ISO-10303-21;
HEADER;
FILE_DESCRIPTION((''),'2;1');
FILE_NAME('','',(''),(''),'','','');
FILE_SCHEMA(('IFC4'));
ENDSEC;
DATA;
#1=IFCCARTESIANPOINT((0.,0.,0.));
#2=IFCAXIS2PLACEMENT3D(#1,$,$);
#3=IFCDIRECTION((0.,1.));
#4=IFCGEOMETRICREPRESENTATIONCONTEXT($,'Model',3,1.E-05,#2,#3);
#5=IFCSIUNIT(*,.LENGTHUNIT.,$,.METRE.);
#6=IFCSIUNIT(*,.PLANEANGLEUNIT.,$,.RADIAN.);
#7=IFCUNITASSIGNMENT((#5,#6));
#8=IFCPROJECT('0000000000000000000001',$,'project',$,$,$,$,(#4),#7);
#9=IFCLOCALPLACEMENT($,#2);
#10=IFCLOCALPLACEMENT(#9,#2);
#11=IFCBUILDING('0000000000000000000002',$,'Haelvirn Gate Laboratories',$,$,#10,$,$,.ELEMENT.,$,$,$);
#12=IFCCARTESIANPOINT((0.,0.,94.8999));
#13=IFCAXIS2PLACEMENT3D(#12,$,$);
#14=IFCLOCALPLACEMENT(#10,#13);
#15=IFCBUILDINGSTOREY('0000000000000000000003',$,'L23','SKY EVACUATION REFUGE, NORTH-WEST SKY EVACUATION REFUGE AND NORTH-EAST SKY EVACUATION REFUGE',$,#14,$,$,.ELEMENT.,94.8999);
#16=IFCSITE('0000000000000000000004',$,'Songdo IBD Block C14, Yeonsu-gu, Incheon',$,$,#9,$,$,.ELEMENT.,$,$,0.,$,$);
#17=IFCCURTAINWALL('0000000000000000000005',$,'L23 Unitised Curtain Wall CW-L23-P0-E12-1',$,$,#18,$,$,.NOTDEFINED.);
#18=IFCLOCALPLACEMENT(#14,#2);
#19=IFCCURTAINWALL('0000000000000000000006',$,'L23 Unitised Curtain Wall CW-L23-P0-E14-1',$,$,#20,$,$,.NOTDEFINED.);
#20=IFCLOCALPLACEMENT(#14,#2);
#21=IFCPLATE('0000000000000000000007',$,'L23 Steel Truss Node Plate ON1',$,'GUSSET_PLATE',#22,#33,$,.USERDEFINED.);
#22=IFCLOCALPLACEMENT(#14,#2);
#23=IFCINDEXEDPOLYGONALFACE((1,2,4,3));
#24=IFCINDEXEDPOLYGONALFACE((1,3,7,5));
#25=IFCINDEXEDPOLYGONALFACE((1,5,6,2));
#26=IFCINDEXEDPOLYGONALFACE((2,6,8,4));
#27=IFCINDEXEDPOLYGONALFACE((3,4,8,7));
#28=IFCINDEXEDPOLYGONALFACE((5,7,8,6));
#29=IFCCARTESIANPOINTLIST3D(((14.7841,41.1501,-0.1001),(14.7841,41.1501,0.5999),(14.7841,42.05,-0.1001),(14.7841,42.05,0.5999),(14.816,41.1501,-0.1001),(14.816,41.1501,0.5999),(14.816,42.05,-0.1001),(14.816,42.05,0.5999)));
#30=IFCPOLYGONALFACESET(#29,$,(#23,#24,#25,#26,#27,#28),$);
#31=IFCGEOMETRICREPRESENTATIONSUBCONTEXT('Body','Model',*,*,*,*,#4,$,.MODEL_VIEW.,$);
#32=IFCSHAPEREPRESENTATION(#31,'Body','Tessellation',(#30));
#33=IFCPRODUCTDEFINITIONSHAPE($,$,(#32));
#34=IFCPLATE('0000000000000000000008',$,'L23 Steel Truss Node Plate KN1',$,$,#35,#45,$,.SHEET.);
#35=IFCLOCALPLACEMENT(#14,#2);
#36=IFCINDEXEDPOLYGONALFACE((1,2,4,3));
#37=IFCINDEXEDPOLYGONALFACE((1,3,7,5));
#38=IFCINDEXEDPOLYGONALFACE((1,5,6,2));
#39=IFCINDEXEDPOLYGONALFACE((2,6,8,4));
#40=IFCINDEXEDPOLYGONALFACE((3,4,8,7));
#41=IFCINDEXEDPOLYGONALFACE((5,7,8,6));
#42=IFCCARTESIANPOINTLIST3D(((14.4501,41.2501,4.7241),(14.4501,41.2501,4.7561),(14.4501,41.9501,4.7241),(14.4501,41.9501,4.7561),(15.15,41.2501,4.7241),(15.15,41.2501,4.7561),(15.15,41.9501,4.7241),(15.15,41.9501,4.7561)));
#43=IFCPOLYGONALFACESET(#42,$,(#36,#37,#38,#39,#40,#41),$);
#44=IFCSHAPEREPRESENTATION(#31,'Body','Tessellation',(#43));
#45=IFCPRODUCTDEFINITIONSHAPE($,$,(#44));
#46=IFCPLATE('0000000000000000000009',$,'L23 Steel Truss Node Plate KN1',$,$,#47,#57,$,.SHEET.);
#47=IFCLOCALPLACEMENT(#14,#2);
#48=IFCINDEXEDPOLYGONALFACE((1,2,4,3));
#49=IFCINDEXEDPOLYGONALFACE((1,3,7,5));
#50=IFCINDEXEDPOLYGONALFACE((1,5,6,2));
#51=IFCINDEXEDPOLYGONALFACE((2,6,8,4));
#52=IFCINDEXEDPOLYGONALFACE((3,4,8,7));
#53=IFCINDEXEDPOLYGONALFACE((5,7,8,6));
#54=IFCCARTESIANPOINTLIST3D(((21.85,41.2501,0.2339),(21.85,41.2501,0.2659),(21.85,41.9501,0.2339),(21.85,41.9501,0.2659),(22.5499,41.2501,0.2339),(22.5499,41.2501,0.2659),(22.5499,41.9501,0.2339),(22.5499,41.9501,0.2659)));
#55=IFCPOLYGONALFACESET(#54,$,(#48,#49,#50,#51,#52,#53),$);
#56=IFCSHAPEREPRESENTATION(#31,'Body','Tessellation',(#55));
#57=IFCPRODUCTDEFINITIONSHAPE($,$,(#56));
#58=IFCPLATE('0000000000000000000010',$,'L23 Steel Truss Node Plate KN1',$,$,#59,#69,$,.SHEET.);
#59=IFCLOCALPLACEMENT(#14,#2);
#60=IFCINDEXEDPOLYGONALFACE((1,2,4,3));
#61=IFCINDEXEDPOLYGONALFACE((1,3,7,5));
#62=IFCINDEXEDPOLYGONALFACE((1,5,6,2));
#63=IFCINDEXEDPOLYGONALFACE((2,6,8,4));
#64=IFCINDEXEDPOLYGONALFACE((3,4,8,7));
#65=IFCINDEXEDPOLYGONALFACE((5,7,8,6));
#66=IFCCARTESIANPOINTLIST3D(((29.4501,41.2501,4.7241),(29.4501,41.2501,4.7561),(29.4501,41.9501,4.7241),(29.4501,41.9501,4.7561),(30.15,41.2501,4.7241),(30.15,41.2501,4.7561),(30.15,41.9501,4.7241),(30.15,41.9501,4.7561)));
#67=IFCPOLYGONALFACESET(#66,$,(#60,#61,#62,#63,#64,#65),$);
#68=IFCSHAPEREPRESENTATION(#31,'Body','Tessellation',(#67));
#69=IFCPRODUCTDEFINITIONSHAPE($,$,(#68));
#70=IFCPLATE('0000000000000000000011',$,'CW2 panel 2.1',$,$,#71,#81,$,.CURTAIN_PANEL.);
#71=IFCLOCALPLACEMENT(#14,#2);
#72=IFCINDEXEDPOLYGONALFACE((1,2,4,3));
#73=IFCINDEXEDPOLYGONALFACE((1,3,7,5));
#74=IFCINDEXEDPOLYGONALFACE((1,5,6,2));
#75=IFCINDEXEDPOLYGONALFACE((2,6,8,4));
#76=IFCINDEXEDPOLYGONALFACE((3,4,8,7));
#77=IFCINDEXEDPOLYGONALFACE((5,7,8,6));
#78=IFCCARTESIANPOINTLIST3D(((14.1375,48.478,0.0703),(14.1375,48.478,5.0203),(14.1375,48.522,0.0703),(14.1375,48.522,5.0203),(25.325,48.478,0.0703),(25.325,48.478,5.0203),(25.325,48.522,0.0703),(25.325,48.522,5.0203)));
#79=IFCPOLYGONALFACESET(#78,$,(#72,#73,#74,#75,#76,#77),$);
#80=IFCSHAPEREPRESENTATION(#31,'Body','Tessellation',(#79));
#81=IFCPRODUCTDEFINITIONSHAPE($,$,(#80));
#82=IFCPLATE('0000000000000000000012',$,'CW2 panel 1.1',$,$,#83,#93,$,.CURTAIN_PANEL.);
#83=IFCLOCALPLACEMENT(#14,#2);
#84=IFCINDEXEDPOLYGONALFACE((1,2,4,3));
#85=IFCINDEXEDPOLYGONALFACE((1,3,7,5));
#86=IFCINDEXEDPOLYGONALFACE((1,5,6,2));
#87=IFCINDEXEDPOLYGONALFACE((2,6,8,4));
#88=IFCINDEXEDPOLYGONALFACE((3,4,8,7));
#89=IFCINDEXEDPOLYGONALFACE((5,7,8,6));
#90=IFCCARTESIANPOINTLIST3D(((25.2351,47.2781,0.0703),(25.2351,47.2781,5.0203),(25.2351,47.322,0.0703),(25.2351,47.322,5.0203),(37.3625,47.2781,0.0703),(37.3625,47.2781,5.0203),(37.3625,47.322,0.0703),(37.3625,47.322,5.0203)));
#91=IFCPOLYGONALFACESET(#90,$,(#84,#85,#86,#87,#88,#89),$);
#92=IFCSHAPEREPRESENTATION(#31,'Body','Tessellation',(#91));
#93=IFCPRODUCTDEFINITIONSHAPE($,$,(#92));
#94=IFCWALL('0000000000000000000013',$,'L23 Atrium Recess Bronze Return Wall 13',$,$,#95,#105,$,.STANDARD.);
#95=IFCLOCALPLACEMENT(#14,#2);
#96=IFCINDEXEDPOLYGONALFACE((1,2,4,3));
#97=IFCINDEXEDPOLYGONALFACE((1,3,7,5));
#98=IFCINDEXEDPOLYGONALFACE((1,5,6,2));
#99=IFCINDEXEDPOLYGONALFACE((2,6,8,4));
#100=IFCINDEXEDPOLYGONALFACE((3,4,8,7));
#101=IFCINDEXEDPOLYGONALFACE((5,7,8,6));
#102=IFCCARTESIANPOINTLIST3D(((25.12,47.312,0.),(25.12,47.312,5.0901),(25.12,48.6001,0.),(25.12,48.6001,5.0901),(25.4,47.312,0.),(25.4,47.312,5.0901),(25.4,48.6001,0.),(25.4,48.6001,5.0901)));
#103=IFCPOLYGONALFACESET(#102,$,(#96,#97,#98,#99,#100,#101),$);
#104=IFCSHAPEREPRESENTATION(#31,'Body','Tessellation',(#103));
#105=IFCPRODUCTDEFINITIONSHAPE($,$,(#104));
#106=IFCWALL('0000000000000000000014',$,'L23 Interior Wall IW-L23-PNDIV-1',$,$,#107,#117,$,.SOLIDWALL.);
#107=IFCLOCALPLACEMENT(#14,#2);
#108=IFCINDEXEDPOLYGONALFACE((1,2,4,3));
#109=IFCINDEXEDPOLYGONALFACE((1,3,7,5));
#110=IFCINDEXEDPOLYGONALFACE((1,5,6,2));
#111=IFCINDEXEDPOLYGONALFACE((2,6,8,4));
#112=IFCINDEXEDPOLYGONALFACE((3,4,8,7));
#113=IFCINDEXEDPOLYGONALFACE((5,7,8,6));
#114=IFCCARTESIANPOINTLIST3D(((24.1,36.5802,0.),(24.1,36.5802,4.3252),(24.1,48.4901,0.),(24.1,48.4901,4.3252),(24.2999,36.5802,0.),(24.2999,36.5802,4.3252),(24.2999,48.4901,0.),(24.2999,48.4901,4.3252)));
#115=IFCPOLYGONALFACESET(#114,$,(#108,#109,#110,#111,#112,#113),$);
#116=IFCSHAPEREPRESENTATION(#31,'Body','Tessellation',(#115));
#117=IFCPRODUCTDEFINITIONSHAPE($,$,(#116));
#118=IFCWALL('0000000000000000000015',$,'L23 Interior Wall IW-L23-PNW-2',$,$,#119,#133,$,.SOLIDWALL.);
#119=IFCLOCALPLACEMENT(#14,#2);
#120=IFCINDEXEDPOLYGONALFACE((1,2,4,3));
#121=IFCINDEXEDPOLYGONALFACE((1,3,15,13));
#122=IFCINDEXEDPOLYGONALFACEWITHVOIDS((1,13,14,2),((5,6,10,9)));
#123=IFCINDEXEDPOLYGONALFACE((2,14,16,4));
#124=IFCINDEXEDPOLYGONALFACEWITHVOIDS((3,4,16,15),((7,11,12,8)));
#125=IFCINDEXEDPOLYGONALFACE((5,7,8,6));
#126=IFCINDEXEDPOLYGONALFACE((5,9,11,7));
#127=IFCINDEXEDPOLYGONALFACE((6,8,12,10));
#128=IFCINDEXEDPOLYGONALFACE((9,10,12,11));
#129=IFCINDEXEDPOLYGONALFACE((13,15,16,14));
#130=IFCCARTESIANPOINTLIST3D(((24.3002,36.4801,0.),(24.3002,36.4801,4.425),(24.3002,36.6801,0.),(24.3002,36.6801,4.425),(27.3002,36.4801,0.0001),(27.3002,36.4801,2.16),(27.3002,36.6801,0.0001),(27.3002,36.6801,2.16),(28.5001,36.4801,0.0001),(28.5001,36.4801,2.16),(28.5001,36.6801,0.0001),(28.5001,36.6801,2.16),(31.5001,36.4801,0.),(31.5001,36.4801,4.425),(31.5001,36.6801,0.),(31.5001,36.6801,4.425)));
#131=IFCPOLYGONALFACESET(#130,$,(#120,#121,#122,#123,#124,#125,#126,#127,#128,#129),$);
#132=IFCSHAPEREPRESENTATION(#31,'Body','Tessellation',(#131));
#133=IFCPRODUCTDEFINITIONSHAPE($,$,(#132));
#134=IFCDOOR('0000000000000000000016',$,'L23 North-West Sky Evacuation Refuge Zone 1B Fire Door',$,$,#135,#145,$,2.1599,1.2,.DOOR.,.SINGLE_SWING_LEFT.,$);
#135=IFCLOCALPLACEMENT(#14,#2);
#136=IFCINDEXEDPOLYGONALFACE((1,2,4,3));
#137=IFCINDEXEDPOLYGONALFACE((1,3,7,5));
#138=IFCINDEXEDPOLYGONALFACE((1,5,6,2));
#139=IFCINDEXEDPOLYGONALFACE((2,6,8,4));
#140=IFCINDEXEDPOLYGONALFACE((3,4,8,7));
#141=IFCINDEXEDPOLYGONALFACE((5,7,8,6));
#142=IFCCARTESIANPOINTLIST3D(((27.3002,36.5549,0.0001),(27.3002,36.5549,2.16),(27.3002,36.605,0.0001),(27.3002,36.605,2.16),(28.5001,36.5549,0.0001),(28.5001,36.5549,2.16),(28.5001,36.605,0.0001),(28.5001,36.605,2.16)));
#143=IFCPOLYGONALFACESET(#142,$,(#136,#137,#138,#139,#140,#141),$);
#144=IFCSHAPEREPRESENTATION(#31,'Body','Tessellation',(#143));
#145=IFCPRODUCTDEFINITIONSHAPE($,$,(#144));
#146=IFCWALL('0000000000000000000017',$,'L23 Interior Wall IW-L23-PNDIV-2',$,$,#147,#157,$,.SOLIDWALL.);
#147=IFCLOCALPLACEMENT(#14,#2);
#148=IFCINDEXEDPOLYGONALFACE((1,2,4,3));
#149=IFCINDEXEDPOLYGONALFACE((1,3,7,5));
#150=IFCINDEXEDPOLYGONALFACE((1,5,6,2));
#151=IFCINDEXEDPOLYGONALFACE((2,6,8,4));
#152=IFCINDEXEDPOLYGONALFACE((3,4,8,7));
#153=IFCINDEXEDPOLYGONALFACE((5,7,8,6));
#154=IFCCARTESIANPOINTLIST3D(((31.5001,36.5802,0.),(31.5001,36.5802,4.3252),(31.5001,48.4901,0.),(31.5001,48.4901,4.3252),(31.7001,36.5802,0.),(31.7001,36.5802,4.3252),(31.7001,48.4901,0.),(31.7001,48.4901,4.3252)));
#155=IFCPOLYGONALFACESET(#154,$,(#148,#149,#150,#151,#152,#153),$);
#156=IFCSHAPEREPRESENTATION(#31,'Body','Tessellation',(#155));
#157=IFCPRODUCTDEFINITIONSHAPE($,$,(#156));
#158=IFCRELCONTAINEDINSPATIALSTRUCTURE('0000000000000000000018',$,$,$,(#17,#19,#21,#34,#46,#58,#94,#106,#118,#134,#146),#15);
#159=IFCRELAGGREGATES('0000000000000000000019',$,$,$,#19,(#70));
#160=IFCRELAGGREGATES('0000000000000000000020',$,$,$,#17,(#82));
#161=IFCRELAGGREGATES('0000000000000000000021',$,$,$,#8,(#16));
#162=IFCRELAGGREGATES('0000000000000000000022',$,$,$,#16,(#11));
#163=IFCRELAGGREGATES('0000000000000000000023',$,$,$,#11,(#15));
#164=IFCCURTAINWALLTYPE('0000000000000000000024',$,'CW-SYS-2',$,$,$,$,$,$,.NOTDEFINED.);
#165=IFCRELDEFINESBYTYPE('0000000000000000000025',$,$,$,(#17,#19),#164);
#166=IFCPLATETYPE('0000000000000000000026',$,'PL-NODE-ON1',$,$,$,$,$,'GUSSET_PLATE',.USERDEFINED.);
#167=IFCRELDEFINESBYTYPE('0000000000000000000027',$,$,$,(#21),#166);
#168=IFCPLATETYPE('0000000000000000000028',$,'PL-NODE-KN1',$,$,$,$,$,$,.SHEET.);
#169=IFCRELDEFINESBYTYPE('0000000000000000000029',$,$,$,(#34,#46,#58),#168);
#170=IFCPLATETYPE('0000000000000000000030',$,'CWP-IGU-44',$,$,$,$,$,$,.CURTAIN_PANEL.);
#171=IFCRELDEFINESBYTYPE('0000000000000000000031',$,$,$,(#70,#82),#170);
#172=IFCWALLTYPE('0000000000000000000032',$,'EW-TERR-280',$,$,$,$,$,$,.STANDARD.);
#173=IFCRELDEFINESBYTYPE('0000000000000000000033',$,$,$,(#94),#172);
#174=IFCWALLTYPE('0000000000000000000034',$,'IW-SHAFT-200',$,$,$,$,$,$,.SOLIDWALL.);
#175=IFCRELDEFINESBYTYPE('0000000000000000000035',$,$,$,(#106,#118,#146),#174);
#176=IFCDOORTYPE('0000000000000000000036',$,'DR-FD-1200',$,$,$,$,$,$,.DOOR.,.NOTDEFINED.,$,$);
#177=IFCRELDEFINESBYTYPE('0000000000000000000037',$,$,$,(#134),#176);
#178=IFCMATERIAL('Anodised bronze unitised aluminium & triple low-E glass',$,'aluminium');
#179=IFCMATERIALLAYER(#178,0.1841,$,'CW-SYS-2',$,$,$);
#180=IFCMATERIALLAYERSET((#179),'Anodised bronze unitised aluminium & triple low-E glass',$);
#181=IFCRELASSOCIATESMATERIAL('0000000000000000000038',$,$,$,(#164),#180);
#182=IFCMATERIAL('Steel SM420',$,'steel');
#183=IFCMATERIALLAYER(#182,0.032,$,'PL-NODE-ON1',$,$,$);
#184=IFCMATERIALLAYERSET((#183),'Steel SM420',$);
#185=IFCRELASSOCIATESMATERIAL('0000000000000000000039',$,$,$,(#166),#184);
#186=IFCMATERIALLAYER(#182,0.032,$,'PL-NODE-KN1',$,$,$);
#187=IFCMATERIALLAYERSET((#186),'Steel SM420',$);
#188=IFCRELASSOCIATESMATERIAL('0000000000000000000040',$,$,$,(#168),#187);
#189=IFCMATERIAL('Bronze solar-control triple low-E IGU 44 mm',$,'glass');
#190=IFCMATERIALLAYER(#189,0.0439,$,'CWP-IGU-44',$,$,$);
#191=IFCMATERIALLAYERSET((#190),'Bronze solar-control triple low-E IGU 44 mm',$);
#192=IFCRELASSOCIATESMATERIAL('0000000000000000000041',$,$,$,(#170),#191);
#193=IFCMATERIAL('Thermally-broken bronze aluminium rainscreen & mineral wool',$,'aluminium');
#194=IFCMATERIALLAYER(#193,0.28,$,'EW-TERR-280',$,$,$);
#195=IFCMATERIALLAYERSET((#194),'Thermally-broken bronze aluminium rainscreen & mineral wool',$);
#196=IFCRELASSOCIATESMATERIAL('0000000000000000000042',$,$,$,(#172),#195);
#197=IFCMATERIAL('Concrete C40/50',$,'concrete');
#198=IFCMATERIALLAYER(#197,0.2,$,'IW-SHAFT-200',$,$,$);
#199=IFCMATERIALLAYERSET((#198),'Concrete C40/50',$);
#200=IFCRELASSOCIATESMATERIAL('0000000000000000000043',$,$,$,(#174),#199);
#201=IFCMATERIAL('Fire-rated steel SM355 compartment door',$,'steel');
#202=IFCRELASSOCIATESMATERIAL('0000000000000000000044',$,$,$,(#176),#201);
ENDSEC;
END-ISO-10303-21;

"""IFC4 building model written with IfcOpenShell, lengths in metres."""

from ifc_helpers import new_model, si_unit, direction, frame, frame_2d, origin, origin_2d, place, context, subcontext, project, spatial, rectangle, extrude, source, transform, mapped, material, layer, layer_set, type_object, type_shapes, element, fill, aggregate, save


model = new_model("IFC4")

# Units and contexts
model_context = context("Model", 3, precision=1e-05, world=origin(), true_north=direction((0.0, 1.0)))
body_context = subcontext(model_context, "Body", "Model", "MODEL_VIEW")
ifc_project = project(units=[si_unit("LENGTHUNIT", "METRE"), si_unit("PLANEANGLEUNIT", "RADIAN")], contexts=[model_context])

# Site, building, storey
site_placement = place(None, origin())
site = spatial("IfcSite", under=ifc_project, at=site_placement, Name="Songdo IBD Block C14, Yeonsu-gu, Incheon", CompositionType="ELEMENT", RefElevation=0.0)
building_placement = place(site_placement, origin())
building = spatial("IfcBuilding", under=site, at=building_placement, Name="Haelvirn Gate Laboratories", CompositionType="ELEMENT")
storey_placement = place(building_placement, frame((0.0, 0.0, 94.8999)))
storey = spatial("IfcBuildingStorey", under=building, at=storey_placement, Name="L23", Description="SKY EVACUATION REFUGE, NORTH-WEST SKY EVACUATION REFUGE AND NORTH-EAST SKY EVACUATION REFUGE", CompositionType="ELEMENT", Elevation=94.8999)

# Shared definitions
ifc_material_1 = material(Name="Steel SM420", Category="steel")

# Curtain wall
ifc_material_2 = material(Name="Anodised bronze unitised aluminium & triple low-E glass", Category="aluminium")
ifc_layer_1 = layer(ifc_material_2, 0.1841, Name="CW-SYS-2")
ifc_layer_set_1 = layer_set([ifc_layer_1], Name="Anodised bronze unitised aluminium & triple low-E glass")
curtain_wall_type = type_object("IfcCurtainWallType", Name="CW-SYS-2", PredefinedType="NOTDEFINED", material=ifc_layer_set_1)
curtain_wall_1_placement = place(storey_placement, origin())
curtain_wall_1 = element("IfcCurtainWall", 1, at=curtain_wall_1_placement, inside=storey, type_object=curtain_wall_type, Name="L23 Unitised Curtain Wall CW-L23-P0-E12-1", PredefinedType="NOTDEFINED")

# Curtain wall
curtain_wall_2_placement = place(storey_placement, origin())
curtain_wall_2 = element("IfcCurtainWall", 2, at=curtain_wall_2_placement, inside=storey, type_object=curtain_wall_type, Name="L23 Unitised Curtain Wall CW-L23-P0-E14-1", PredefinedType="NOTDEFINED")

# Plates
ifc_layer_2 = layer(ifc_material_1, 0.032, Name="PL-NODE-ON1")
ifc_layer_set_2 = layer_set([ifc_layer_2], Name="Steel SM420")
plate_type_1 = type_object("IfcPlateType", Name="PL-NODE-ON1", ElementType="GUSSET_PLATE", PredefinedType="USERDEFINED", material=ifc_layer_set_2)
shared_shape_1 = source(origin(), body_context, "Body", "SweptSolid", [
    extrude(rectangle(XDim=0.8999, YDim=0.032, at=origin_2d()), origin(), (0.0, 0.0, 1.0), 0.7),
])
type_shapes(plate_type_1, [shared_shape_1])
plate_1_placement = place(storey_placement, frame((14.8, 41.6001, -0.1001), z_axis=(0.0, 0.0, 1.0), x_axis=(0.0, 1.0, 0.0)))
element("IfcPlate", 3, at=plate_1_placement, inside=storey, type_object=plate_type_1, Name="L23 Steel Truss Node Plate ON1", ObjectType="GUSSET_PLATE", PredefinedType="USERDEFINED", context=body_context, shape_type="MappedRepresentation", body=[
    mapped(shared_shape_1, transform((0.0, 0.0, 0.0), scale=1.0)),
])
ifc_layer_3 = layer(ifc_material_1, 0.032, Name="PL-NODE-KN1")
ifc_layer_set_3 = layer_set([ifc_layer_3], Name="Steel SM420")
plate_type_2 = type_object("IfcPlateType", Name="PL-NODE-KN1", PredefinedType="SHEET", material=ifc_layer_set_3)
shared_shape_2 = source(origin(), body_context, "Body", "SweptSolid", [
    extrude(rectangle(XDim=0.7, YDim=0.7, at=origin_2d()), origin(), (0.0, 0.0, 1.0), 0.032),
])
type_shapes(plate_type_2, [shared_shape_2])
for number, where, z_axis, x_axis, name in (
    (4, (14.8, 41.6001, 4.7241), (0.0, 0.0, 1.0), (1.0, 0.0, 0.0), "L23 Steel Truss Node Plate KN1"),
    (5, (22.2, 41.6001, 0.2339), (0.0, 0.0, 1.0), (1.0, 0.0, 0.0), "L23 Steel Truss Node Plate KN1"),
    (6, (29.8, 41.6001, 4.7241), (0.0, 0.0, 1.0), (1.0, 0.0, 0.0), "L23 Steel Truss Node Plate KN1"),
):
    element("IfcPlate", number, at=place(storey_placement, frame(where, z_axis=z_axis, x_axis=x_axis)), inside=storey, type_object=plate_type_2, Name=name, PredefinedType="SHEET", context=body_context, shape_type="MappedRepresentation", body=[
        mapped(shared_shape_2, transform((0.0, 0.0, 0.0), scale=1.0)),
    ])

# Plates
ifc_material_3 = material(Name="Bronze solar-control triple low-E IGU 44 mm", Category="glass")
ifc_layer_4 = layer(ifc_material_3, 0.0439, Name="CWP-IGU-44")
ifc_layer_set_4 = layer_set([ifc_layer_4], Name="Bronze solar-control triple low-E IGU 44 mm")
plate_type_3 = type_object("IfcPlateType", Name="CWP-IGU-44", PredefinedType="CURTAIN_PANEL", material=ifc_layer_set_4)
shared_shape_3 = source(origin(), body_context, "Body", "SweptSolid", [
    extrude(rectangle(XDim=11.1875, YDim=0.0439, at=origin_2d()), origin(), (0.0, 0.0, 1.0), 4.95),
])
plate_2_placement = place(storey_placement, frame((19.7312, 48.5, 0.0703), z_axis=(0.0, 0.0, 1.0), x_axis=(1.0, 0.0, 0.0)))
plate_2 = element("IfcPlate", 7, at=plate_2_placement, type_object=plate_type_3, Name="CW2 panel 2.1", PredefinedType="CURTAIN_PANEL", context=body_context, shape_type="MappedRepresentation", body=[
    mapped(shared_shape_3, transform((0.0, 0.0, 0.0), scale=1.0)),
])
aggregate(curtain_wall_2, [plate_2])
shared_shape_4 = source(origin(), body_context, "Body", "SweptSolid", [
    extrude(rectangle(XDim=12.1274, YDim=0.0439, at=origin_2d()), origin(), (0.0, 0.0, 1.0), 4.95),
])
type_shapes(plate_type_3, [shared_shape_3, shared_shape_4])
plate_3_placement = place(storey_placement, frame((31.2988, 47.3, 0.0703), z_axis=(0.0, 0.0, 1.0), x_axis=(1.0, 0.0, 0.0)))
plate_3 = element("IfcPlate", 8, at=plate_3_placement, type_object=plate_type_3, Name="CW2 panel 1.1", PredefinedType="CURTAIN_PANEL", context=body_context, shape_type="MappedRepresentation", body=[
    mapped(shared_shape_4, transform((0.0, 0.0, 0.0), scale=1.0)),
])
aggregate(curtain_wall_1, [plate_3])

# Walls
ifc_material_4 = material(Name="Thermally-broken bronze aluminium rainscreen & mineral wool", Category="aluminium")
ifc_layer_5 = layer(ifc_material_4, 0.28, Name="EW-TERR-280")
ifc_layer_set_5 = layer_set([ifc_layer_5], Name="Thermally-broken bronze aluminium rainscreen & mineral wool")
wall_type_1 = type_object("IfcWallType", Name="EW-TERR-280", PredefinedType="STANDARD", material=ifc_layer_set_5)
wall_1_placement = place(storey_placement, frame((25.26, 47.312, 0.0), z_axis=(0.0, 0.0, 1.0), x_axis=(0.0, 1.0, 0.0)))
element("IfcWall", 9, at=wall_1_placement, inside=storey, type_object=wall_type_1, Name="L23 Atrium Recess Bronze Return Wall 13", PredefinedType="STANDARD", context=body_context, shape_type="SweptSolid", body=[
    extrude(rectangle(XDim=1.2881, YDim=0.28, at=frame_2d((0.644, 0.0))), origin(), (0.0, 0.0, 1.0), 5.0901),
])
ifc_material_5 = material(Name="Concrete C40/50", Category="concrete")
ifc_layer_6 = layer(ifc_material_5, 0.2, Name="IW-SHAFT-200")
ifc_layer_set_6 = layer_set([ifc_layer_6], Name="Concrete C40/50")
wall_type_2 = type_object("IfcWallType", Name="IW-SHAFT-200", PredefinedType="SOLIDWALL", material=ifc_layer_set_6)
wall_2_placement = place(storey_placement, frame((24.2, 36.5801, 0.0), z_axis=(0.0, 0.0, 1.0), x_axis=(0.0, 1.0, 0.0)))
element("IfcWall", 10, at=wall_2_placement, inside=storey, type_object=wall_type_2, Name="L23 Interior Wall IW-L23-PNDIV-1", PredefinedType="SOLIDWALL", context=body_context, shape_type="SweptSolid", body=[
    extrude(rectangle(XDim=11.9099, YDim=0.2, at=frame_2d((5.9551, 0.0))), origin(), (0.0, 0.0, 1.0), 4.3252),
])

# Wall, opening, door
wall_3_placement = place(storey_placement, frame((24.3, 36.5801, 0.0), z_axis=(0.0, 0.0, 1.0), x_axis=(1.0, 0.0, 0.0)))
wall_3 = element("IfcWall", 11, at=wall_3_placement, inside=storey, type_object=wall_type_2, Name="L23 Interior Wall IW-L23-PNW-2", PredefinedType="SOLIDWALL", context=body_context, shape_type="SweptSolid", body=[
    extrude(rectangle(XDim=7.2, YDim=0.2, at=frame_2d((3.6001, 0.0))), origin(), (0.0, 0.0, 1.0), 4.425),
])
opening_1_placement = place(wall_3_placement, frame((3.0, 0.0, 0.0)))
opening_1 = element("IfcOpeningElement", 12, at=opening_1_placement, cuts=wall_3, PredefinedType="OPENING", context=body_context, shape_type="SweptSolid", body=[
    extrude(rectangle(XDim=1.2, YDim=2.1599, at=frame_2d((0.6001, 1.0801))), frame((0.0, 0.1099, 0.0), z_axis=(0.0, -1.0, 0.0), x_axis=(1.0, 0.0, 0.0)), (0.0, 0.0, 1.0), 0.22),
])
ifc_material_6 = material(Name="Fire-rated steel SM355 compartment door", Category="steel")
door_type = type_object("IfcDoorType", Name="DR-FD-1200", OperationType="NOTDEFINED", PredefinedType="DOOR", material=ifc_material_6)
shared_shape_5 = source(origin(), body_context, "Body", "SweptSolid", [
    extrude(rectangle(XDim=1.2, YDim=2.1599, at=frame_2d((0.6001, 1.0801))), frame((0.0, 0.0249, 0.0), z_axis=(0.0, -1.0, 0.0), x_axis=(1.0, 0.0, 0.0)), (0.0, 0.0, 1.0), 0.05),
])
type_shapes(door_type, [shared_shape_5])
door_1_placement = place(opening_1_placement, origin())
door_1 = element("IfcDoor", 13, at=door_1_placement, inside=storey, type_object=door_type, Name="L23 North-West Sky Evacuation Refuge Zone 1B Fire Door", OperationType="SINGLE_SWING_LEFT", OverallHeight=2.1599, OverallWidth=1.2, PredefinedType="DOOR", context=body_context, shape_type="MappedRepresentation", body=[
    mapped(shared_shape_5, transform((0.0, 0.0, 0.0), scale=1.0)),
])
fill(opening_1, door_1)

# Wall
wall_4_placement = place(storey_placement, frame((31.6001, 36.5801, 0.0), z_axis=(0.0, 0.0, 1.0), x_axis=(0.0, 1.0, 0.0)))
element("IfcWall", 14, at=wall_4_placement, inside=storey, type_object=wall_type_2, Name="L23 Interior Wall IW-L23-PNDIV-2", PredefinedType="SOLIDWALL", context=body_context, shape_type="SweptSolid", body=[
    extrude(rectangle(XDim=11.9099, YDim=0.2, at=frame_2d((5.9551, 0.0))), origin(), (0.0, 0.0, 1.0), 4.3252),
])

save(model, "model.ifc")
